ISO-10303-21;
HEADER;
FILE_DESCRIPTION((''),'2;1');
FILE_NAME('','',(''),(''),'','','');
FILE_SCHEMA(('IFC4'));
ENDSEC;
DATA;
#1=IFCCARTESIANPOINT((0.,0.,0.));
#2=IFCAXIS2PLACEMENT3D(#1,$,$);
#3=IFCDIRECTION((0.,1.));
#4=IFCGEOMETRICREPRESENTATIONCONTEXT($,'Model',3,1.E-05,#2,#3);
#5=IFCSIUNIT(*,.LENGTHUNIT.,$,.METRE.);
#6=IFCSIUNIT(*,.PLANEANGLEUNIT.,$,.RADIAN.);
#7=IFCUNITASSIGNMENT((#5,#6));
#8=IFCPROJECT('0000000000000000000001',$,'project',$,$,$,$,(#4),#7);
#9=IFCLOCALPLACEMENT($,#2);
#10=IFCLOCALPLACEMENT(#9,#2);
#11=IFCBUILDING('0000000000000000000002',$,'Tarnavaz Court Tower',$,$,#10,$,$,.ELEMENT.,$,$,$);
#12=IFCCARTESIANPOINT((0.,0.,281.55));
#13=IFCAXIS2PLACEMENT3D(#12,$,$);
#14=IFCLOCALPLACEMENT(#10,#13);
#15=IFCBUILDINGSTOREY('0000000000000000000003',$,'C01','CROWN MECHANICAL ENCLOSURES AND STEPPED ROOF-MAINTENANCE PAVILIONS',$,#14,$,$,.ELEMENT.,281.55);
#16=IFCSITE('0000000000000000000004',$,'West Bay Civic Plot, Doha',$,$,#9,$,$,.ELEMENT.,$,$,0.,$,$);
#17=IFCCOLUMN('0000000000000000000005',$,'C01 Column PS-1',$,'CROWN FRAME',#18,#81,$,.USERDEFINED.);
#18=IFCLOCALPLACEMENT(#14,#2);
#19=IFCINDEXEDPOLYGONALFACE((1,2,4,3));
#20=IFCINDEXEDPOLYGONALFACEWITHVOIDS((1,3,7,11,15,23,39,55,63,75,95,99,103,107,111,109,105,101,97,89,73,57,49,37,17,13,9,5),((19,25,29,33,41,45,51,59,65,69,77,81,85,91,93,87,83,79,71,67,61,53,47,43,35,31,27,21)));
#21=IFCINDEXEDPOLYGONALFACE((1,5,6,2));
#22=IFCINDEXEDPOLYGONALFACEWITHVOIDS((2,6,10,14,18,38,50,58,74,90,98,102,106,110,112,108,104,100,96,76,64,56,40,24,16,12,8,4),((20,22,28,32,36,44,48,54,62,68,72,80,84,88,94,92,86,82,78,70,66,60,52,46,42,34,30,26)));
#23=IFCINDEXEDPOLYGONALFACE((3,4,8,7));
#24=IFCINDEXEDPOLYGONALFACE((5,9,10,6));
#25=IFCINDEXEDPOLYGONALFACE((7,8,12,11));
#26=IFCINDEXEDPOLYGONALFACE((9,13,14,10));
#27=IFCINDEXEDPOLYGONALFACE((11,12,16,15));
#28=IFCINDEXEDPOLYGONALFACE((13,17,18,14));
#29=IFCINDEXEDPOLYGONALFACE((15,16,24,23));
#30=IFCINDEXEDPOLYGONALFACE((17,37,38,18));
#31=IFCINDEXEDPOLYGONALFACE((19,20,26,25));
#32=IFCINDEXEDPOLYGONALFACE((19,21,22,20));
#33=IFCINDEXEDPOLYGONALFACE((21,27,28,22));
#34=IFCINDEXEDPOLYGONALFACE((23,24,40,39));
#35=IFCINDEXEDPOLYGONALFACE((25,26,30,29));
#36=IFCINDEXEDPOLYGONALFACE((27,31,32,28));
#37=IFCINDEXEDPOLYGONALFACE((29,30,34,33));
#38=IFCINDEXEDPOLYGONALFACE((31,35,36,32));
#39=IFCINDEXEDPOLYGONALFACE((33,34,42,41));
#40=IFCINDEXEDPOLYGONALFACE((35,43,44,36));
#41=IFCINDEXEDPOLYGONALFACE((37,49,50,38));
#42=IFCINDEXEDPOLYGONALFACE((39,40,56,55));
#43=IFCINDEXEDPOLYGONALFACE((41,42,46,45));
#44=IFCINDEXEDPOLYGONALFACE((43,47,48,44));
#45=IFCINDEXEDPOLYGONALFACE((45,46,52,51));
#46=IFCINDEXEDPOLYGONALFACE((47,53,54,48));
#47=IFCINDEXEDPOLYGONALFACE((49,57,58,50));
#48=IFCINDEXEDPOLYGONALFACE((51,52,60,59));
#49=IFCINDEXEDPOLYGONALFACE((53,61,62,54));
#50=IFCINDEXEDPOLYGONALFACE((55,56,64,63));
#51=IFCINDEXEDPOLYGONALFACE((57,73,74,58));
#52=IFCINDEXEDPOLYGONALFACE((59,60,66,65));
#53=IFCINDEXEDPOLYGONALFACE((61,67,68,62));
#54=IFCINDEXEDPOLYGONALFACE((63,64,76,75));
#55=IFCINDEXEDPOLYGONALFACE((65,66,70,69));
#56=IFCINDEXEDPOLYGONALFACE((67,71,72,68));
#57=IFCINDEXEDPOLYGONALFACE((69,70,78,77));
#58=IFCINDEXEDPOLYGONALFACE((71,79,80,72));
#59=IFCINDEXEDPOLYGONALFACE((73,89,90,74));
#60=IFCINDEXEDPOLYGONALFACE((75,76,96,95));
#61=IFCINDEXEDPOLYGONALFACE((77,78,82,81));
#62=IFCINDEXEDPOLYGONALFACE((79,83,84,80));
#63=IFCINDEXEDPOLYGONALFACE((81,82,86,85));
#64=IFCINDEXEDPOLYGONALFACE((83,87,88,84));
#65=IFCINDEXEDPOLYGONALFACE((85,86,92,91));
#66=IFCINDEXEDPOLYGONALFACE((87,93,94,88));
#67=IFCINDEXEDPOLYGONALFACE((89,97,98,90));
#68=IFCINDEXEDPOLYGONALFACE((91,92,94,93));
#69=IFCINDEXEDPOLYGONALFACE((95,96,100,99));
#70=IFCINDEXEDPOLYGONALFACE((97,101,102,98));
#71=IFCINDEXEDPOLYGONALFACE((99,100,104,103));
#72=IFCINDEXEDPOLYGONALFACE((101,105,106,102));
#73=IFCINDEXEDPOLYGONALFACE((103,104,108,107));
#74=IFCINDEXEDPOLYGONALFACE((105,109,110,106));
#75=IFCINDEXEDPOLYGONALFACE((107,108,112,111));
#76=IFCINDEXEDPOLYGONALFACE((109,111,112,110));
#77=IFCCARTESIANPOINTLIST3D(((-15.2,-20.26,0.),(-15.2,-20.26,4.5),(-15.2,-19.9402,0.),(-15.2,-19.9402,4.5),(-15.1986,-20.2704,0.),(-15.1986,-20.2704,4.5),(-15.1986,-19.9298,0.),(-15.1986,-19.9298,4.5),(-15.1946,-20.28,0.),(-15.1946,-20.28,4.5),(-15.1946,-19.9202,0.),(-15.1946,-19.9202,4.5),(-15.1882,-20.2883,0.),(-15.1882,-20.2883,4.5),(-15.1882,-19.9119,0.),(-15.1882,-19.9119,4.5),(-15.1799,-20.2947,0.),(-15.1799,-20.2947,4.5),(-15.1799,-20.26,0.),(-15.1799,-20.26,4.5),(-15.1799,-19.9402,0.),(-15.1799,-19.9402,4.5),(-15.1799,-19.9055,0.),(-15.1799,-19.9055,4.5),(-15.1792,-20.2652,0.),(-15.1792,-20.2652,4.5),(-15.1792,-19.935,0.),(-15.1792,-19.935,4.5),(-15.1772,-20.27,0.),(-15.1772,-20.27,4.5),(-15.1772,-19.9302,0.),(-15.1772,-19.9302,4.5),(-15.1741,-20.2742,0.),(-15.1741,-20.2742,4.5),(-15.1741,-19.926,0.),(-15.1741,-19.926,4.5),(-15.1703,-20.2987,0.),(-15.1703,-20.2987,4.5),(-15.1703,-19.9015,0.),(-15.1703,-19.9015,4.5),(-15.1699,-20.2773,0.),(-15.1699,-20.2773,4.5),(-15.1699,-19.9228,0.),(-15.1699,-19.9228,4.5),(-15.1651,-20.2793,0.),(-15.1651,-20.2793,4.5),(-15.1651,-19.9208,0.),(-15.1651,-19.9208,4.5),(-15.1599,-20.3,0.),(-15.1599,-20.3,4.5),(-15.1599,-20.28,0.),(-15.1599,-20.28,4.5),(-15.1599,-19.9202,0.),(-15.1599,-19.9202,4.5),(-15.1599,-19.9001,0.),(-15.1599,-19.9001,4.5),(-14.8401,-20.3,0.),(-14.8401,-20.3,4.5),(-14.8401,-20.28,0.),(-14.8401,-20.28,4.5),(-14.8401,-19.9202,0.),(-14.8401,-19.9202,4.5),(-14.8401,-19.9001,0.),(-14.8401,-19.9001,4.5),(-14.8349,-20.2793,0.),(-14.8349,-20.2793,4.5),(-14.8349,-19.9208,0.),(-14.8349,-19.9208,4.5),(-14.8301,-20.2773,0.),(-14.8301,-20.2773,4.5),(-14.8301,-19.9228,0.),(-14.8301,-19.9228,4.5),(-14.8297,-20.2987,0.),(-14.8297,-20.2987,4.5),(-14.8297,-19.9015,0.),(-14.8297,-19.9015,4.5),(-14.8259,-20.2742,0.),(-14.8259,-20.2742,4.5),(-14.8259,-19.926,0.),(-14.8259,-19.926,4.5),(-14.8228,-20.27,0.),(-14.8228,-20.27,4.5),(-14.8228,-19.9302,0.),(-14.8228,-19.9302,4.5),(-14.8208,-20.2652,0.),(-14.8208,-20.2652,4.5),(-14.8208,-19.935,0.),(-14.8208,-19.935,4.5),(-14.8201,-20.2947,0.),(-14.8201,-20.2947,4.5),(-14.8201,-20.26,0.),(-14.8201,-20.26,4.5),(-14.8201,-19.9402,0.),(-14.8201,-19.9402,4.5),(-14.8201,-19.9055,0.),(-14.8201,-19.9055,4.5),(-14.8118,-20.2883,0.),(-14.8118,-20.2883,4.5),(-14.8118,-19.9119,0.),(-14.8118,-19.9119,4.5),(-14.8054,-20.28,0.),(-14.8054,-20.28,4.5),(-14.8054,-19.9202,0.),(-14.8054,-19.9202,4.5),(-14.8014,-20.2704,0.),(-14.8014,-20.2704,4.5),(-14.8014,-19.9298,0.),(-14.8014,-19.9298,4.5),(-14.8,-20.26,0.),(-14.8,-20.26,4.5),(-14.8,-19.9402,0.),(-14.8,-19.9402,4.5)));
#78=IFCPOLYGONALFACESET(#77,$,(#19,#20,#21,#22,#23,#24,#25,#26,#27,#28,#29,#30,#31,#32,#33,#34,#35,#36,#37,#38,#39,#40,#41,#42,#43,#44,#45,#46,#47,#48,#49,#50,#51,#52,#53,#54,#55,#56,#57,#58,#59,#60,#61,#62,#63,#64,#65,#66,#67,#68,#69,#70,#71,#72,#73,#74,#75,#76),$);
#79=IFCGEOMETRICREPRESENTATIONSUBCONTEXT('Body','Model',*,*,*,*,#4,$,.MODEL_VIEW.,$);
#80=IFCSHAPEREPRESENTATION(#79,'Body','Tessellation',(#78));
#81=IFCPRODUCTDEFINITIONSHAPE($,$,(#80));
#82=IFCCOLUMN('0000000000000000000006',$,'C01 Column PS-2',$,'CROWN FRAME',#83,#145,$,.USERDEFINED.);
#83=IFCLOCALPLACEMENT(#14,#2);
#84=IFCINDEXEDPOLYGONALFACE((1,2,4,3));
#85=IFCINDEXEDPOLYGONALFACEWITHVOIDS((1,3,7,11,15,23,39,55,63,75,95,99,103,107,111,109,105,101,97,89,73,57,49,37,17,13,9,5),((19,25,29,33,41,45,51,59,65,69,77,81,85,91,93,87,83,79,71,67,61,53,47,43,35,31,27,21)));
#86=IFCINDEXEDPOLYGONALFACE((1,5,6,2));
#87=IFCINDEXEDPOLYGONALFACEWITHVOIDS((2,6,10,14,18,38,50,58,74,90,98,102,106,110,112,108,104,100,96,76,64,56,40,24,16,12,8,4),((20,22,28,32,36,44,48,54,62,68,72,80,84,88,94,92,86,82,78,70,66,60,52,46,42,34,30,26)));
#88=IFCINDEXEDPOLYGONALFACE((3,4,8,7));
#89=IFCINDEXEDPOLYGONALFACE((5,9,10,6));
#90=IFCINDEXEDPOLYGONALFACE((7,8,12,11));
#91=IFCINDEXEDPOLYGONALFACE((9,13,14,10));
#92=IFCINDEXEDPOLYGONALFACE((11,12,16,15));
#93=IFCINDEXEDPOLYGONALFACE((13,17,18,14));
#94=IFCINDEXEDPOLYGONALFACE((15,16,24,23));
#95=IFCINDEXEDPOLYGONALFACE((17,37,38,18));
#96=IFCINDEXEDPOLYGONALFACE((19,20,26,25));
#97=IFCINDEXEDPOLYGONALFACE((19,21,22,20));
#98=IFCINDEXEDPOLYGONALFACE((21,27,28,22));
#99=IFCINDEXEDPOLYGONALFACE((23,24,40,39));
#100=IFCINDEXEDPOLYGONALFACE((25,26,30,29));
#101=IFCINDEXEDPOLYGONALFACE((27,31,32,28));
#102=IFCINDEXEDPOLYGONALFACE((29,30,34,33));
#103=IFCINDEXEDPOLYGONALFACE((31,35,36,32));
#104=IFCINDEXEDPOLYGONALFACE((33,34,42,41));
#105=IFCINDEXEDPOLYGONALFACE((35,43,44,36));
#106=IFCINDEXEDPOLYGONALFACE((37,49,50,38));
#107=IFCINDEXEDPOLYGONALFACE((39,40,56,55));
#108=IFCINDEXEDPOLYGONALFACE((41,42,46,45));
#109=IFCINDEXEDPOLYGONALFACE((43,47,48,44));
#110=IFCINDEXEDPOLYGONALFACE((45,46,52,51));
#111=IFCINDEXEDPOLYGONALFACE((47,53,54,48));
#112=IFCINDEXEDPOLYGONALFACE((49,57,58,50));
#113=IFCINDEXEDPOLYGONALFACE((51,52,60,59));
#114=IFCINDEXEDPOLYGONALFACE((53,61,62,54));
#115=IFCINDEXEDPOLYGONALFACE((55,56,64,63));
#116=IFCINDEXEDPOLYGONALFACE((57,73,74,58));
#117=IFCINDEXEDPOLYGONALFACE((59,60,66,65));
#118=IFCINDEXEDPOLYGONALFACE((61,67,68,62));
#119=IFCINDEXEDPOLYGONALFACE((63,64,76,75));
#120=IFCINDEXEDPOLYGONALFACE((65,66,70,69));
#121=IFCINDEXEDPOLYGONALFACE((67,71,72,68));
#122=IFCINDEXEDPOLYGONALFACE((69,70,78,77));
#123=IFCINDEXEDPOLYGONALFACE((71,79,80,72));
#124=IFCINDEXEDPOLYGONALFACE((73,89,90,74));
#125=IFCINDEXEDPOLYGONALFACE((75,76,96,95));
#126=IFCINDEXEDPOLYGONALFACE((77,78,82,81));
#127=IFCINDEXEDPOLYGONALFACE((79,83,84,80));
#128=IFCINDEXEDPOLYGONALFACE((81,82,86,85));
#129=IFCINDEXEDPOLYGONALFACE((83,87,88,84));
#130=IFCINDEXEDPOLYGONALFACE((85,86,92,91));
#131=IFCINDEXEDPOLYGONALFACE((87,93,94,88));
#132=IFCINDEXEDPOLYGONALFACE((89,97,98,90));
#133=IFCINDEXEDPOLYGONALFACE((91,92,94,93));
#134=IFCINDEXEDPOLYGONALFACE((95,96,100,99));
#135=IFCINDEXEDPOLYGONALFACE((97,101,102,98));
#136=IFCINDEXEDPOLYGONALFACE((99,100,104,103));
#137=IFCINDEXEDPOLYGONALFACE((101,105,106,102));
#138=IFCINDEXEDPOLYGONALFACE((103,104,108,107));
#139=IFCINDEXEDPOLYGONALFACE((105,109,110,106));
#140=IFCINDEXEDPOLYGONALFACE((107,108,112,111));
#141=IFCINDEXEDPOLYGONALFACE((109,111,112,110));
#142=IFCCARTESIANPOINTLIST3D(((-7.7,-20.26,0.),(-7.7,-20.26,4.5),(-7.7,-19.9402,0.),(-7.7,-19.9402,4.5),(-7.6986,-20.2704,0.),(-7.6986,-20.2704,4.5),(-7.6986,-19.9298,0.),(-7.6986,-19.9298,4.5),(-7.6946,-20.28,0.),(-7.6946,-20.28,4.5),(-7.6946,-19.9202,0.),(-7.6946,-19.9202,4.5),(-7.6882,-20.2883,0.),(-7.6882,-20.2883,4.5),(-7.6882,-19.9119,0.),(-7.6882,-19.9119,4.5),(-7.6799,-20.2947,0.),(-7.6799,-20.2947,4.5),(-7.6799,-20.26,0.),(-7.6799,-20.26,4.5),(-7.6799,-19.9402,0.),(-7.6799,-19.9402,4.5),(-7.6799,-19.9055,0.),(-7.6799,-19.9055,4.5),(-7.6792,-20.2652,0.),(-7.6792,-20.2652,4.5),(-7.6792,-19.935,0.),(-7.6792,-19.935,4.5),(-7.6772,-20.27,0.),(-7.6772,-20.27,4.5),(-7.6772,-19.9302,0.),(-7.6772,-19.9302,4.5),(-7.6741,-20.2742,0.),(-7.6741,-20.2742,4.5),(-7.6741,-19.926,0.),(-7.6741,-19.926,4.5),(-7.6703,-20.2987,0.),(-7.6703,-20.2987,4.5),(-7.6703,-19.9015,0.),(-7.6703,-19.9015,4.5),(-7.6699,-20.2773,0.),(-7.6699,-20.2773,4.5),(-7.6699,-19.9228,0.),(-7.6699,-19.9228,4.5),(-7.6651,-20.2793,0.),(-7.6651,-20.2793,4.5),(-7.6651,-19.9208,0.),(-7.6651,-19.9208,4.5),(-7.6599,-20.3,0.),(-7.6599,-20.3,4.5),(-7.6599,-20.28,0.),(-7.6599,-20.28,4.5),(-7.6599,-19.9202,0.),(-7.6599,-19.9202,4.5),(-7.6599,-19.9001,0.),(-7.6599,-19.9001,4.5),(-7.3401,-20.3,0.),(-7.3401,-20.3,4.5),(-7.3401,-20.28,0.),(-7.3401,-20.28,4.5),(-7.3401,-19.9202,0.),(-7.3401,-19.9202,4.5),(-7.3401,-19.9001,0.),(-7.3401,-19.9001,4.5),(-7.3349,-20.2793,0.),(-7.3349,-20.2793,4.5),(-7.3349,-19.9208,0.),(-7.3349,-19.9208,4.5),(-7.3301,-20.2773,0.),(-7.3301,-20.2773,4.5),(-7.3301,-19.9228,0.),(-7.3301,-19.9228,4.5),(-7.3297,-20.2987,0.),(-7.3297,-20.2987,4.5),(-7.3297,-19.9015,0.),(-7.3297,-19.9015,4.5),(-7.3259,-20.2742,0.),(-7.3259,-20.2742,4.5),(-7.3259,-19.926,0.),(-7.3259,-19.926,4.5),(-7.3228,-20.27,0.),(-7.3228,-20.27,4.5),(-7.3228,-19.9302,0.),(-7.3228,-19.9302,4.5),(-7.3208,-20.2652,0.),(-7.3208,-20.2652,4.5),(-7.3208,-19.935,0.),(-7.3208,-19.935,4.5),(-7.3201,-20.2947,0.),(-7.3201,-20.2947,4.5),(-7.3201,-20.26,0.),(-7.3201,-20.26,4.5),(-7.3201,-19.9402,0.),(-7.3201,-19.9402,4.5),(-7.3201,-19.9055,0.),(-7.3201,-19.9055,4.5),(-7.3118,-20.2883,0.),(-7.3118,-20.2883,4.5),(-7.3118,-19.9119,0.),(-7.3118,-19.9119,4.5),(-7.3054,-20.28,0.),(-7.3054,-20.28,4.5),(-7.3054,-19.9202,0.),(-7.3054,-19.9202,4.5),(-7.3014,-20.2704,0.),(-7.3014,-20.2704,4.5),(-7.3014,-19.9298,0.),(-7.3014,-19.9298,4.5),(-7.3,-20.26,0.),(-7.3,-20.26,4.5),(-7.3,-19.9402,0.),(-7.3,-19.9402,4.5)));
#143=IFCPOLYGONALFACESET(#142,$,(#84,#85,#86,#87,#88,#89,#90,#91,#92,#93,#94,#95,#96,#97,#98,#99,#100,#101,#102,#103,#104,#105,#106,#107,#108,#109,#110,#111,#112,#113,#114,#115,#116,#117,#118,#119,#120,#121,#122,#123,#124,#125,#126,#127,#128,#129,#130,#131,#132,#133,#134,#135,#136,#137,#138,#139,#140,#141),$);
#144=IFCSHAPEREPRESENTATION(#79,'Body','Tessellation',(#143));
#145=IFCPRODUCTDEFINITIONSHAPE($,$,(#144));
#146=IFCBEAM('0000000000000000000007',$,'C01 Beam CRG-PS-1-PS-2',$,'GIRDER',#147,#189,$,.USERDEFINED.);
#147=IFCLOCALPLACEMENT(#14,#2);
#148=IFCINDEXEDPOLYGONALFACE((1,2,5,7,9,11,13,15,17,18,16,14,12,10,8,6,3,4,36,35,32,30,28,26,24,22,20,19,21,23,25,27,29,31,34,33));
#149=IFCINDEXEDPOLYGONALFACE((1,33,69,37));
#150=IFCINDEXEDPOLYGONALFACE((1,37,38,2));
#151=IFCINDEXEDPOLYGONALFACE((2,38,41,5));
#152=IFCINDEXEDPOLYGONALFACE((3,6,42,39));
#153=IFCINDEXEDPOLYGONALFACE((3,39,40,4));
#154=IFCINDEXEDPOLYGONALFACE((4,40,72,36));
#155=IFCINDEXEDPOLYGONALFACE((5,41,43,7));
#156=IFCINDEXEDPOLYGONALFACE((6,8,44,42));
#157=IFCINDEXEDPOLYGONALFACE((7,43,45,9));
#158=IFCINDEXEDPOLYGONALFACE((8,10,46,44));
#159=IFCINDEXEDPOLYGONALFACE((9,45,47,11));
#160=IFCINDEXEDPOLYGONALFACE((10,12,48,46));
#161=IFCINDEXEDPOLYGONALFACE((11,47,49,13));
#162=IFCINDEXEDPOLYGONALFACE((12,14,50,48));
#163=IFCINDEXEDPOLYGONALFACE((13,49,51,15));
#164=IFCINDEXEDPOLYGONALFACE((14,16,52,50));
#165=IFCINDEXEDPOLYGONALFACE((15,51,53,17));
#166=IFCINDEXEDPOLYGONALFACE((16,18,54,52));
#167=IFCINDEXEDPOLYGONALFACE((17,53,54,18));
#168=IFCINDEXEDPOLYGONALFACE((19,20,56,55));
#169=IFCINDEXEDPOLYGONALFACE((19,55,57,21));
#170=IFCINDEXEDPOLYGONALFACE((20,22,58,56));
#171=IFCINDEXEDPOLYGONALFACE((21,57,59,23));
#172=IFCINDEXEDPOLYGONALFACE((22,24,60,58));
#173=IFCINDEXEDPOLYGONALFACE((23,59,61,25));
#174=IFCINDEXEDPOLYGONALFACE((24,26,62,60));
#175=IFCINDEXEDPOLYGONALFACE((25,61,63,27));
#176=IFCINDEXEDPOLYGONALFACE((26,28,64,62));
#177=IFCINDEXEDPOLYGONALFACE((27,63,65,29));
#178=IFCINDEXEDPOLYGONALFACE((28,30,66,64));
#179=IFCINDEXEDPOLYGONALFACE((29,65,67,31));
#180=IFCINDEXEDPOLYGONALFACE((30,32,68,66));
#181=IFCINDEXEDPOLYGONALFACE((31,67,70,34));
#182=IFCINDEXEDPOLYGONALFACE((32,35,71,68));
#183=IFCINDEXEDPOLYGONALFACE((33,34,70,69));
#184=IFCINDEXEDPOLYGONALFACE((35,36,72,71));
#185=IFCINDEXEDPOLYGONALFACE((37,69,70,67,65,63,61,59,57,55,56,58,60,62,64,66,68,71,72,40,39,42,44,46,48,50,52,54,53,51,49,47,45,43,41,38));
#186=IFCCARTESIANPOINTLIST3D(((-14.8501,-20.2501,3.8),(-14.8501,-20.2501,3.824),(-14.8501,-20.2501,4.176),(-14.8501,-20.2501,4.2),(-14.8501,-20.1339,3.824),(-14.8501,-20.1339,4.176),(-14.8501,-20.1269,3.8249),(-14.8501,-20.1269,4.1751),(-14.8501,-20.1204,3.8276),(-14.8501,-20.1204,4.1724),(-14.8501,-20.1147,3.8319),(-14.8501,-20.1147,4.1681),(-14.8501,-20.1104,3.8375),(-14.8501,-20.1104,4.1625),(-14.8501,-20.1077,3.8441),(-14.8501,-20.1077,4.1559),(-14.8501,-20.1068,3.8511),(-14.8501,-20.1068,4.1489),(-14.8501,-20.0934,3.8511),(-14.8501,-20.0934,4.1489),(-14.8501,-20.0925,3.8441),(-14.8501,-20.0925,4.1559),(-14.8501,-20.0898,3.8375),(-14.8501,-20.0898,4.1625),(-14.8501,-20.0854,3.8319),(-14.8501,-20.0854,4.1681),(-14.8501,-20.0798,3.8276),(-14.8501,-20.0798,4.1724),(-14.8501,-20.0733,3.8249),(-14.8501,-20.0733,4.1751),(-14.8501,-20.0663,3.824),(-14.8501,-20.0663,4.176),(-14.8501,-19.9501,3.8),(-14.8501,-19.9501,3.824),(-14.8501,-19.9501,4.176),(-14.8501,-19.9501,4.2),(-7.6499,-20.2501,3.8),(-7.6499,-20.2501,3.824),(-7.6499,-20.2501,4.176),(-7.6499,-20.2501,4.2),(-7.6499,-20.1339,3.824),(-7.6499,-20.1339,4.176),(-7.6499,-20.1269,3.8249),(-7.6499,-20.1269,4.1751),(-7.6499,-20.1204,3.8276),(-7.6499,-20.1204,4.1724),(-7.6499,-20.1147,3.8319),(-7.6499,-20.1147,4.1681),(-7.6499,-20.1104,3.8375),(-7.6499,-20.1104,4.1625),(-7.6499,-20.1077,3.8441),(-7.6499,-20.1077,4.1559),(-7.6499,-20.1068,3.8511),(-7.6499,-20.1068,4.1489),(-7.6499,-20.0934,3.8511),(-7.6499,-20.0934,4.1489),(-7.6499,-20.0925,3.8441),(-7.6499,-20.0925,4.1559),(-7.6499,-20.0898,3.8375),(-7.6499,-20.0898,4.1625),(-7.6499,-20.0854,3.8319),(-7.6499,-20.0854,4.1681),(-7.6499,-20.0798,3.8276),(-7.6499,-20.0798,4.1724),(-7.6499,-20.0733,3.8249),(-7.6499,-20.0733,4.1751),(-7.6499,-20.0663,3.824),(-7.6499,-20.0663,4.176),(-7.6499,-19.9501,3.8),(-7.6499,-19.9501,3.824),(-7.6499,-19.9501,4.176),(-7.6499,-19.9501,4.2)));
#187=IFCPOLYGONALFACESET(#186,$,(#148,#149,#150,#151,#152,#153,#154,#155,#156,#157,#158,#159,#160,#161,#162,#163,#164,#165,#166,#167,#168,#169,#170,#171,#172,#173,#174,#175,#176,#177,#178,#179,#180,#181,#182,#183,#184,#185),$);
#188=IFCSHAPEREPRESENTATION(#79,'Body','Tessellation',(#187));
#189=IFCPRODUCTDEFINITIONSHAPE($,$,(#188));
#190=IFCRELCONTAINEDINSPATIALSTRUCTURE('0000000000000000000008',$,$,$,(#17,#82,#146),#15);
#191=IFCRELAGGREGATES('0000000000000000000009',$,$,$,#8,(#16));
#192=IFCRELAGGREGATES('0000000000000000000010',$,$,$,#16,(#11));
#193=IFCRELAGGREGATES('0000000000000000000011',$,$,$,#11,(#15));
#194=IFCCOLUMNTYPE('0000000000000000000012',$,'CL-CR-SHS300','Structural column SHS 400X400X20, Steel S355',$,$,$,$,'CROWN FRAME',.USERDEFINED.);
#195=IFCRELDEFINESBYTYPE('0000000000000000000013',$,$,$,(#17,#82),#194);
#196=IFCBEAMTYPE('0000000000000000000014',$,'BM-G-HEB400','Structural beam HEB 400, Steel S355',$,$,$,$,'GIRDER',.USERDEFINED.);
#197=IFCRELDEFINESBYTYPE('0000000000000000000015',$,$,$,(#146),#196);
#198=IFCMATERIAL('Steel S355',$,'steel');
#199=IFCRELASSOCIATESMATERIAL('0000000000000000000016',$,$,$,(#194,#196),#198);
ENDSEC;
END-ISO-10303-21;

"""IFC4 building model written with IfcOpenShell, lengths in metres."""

from ifc_helpers import new_model, si_unit, direction, frame, origin, origin_2d, place, context, subcontext, project, spatial, hollow_rectangle, i_section, extrude, material, material_profile, profile_set, type_object, element, save


model = new_model("IFC4")

# Units and contexts
model_context = context("Model", 3, precision=1e-05, world=origin(), true_north=direction((0.0, 1.0)))
body_context = subcontext(model_context, "Body", "Model", "MODEL_VIEW")
ifc_project = project(units=[si_unit("LENGTHUNIT", "METRE"), si_unit("PLANEANGLEUNIT", "RADIAN")], contexts=[model_context])

# Site, building, storey
site_placement = place(None, origin())
site = spatial("IfcSite", under=ifc_project, at=site_placement, Name="West Bay Civic Plot, Doha", CompositionType="ELEMENT", RefElevation=0.0)
building_placement = place(site_placement, origin())
building = spatial("IfcBuilding", under=site, at=building_placement, Name="Tarnavaz Court Tower", CompositionType="ELEMENT")
storey_placement = place(building_placement, frame((0.0, 0.0, 281.55)))
storey = spatial("IfcBuildingStorey", under=building, at=storey_placement, Name="C01", Description="CROWN MECHANICAL ENCLOSURES AND STEPPED ROOF-MAINTENANCE PAVILIONS", CompositionType="ELEMENT", Elevation=281.55)

# Columns
ifc_material_1 = material(Name="Steel S355", Category="steel")
ifc_material_profile_1 = material_profile(ifc_material_1, hollow_rectangle(XDim=0.3999, YDim=0.3999, WallThickness=0.02, InnerFilletRadius=0.02, OuterFilletRadius=0.04, at=origin_2d()), Name="SHS 400X400X20")
ifc_profile_set_1 = profile_set([ifc_material_profile_1], Name="Steel S355")
column_type = type_object("IfcColumnType", Name="CL-CR-SHS300", Description="Structural column SHS 400X400X20, Steel S355", ElementType="CROWN FRAME", PredefinedType="USERDEFINED", material=ifc_profile_set_1)
for number, where, z_axis, x_axis, name in (
    (1, (-15.0, -20.1001, 0.0), (0.0, 0.0, 1.0), (1.0, 0.0, 0.0), "C01 Column PS-1"),
    (2, (-7.5, -20.1001, 0.0), (0.0, 0.0, 1.0), (1.0, 0.0, 0.0), "C01 Column PS-2"),
):
    element("IfcColumn", number, at=place(storey_placement, frame(where, z_axis=z_axis, x_axis=x_axis)), inside=storey, type_object=column_type, Name=name, ObjectType="CROWN FRAME", PredefinedType="USERDEFINED", context=body_context, shape_type="SweptSolid", body=[
        extrude(hollow_rectangle(XDim=0.3999, YDim=0.3999, WallThickness=0.02, InnerFilletRadius=0.02, OuterFilletRadius=0.04, at=origin_2d()), origin(), (0.0, 0.0, 1.0), 4.5),
    ])

# Beam
ifc_material_profile_2 = material_profile(ifc_material_1, i_section(OverallWidth=0.3, OverallDepth=0.3999, WebThickness=0.0134, FlangeThickness=0.0239, FilletRadius=0.0271, at=origin_2d()), Name="HEB 400")
ifc_profile_set_2 = profile_set([ifc_material_profile_2], Name="Steel S355")
beam_type = type_object("IfcBeamType", Name="BM-G-HEB400", Description="Structural beam HEB 400, Steel S355", ElementType="GIRDER", PredefinedType="USERDEFINED", material=ifc_profile_set_2)
beam_1_placement = place(storey_placement, frame((-14.8501, -20.1001, 4.0), z_axis=(1.0, 0.0, 0.0), x_axis=(0.0, 1.0, 0.0)))
element("IfcBeam", 3, at=beam_1_placement, inside=storey, type_object=beam_type, Name="C01 Beam CRG-PS-1-PS-2", ObjectType="GIRDER", PredefinedType="USERDEFINED", context=body_context, shape_type="SweptSolid", body=[
    extrude(i_section(OverallWidth=0.3, OverallDepth=0.3999, WebThickness=0.0134, FlangeThickness=0.0239, FilletRadius=0.0271, at=origin_2d()), origin(), (0.0, 0.0, 1.0), 7.2002),
])

save(model, "model.ifc")
